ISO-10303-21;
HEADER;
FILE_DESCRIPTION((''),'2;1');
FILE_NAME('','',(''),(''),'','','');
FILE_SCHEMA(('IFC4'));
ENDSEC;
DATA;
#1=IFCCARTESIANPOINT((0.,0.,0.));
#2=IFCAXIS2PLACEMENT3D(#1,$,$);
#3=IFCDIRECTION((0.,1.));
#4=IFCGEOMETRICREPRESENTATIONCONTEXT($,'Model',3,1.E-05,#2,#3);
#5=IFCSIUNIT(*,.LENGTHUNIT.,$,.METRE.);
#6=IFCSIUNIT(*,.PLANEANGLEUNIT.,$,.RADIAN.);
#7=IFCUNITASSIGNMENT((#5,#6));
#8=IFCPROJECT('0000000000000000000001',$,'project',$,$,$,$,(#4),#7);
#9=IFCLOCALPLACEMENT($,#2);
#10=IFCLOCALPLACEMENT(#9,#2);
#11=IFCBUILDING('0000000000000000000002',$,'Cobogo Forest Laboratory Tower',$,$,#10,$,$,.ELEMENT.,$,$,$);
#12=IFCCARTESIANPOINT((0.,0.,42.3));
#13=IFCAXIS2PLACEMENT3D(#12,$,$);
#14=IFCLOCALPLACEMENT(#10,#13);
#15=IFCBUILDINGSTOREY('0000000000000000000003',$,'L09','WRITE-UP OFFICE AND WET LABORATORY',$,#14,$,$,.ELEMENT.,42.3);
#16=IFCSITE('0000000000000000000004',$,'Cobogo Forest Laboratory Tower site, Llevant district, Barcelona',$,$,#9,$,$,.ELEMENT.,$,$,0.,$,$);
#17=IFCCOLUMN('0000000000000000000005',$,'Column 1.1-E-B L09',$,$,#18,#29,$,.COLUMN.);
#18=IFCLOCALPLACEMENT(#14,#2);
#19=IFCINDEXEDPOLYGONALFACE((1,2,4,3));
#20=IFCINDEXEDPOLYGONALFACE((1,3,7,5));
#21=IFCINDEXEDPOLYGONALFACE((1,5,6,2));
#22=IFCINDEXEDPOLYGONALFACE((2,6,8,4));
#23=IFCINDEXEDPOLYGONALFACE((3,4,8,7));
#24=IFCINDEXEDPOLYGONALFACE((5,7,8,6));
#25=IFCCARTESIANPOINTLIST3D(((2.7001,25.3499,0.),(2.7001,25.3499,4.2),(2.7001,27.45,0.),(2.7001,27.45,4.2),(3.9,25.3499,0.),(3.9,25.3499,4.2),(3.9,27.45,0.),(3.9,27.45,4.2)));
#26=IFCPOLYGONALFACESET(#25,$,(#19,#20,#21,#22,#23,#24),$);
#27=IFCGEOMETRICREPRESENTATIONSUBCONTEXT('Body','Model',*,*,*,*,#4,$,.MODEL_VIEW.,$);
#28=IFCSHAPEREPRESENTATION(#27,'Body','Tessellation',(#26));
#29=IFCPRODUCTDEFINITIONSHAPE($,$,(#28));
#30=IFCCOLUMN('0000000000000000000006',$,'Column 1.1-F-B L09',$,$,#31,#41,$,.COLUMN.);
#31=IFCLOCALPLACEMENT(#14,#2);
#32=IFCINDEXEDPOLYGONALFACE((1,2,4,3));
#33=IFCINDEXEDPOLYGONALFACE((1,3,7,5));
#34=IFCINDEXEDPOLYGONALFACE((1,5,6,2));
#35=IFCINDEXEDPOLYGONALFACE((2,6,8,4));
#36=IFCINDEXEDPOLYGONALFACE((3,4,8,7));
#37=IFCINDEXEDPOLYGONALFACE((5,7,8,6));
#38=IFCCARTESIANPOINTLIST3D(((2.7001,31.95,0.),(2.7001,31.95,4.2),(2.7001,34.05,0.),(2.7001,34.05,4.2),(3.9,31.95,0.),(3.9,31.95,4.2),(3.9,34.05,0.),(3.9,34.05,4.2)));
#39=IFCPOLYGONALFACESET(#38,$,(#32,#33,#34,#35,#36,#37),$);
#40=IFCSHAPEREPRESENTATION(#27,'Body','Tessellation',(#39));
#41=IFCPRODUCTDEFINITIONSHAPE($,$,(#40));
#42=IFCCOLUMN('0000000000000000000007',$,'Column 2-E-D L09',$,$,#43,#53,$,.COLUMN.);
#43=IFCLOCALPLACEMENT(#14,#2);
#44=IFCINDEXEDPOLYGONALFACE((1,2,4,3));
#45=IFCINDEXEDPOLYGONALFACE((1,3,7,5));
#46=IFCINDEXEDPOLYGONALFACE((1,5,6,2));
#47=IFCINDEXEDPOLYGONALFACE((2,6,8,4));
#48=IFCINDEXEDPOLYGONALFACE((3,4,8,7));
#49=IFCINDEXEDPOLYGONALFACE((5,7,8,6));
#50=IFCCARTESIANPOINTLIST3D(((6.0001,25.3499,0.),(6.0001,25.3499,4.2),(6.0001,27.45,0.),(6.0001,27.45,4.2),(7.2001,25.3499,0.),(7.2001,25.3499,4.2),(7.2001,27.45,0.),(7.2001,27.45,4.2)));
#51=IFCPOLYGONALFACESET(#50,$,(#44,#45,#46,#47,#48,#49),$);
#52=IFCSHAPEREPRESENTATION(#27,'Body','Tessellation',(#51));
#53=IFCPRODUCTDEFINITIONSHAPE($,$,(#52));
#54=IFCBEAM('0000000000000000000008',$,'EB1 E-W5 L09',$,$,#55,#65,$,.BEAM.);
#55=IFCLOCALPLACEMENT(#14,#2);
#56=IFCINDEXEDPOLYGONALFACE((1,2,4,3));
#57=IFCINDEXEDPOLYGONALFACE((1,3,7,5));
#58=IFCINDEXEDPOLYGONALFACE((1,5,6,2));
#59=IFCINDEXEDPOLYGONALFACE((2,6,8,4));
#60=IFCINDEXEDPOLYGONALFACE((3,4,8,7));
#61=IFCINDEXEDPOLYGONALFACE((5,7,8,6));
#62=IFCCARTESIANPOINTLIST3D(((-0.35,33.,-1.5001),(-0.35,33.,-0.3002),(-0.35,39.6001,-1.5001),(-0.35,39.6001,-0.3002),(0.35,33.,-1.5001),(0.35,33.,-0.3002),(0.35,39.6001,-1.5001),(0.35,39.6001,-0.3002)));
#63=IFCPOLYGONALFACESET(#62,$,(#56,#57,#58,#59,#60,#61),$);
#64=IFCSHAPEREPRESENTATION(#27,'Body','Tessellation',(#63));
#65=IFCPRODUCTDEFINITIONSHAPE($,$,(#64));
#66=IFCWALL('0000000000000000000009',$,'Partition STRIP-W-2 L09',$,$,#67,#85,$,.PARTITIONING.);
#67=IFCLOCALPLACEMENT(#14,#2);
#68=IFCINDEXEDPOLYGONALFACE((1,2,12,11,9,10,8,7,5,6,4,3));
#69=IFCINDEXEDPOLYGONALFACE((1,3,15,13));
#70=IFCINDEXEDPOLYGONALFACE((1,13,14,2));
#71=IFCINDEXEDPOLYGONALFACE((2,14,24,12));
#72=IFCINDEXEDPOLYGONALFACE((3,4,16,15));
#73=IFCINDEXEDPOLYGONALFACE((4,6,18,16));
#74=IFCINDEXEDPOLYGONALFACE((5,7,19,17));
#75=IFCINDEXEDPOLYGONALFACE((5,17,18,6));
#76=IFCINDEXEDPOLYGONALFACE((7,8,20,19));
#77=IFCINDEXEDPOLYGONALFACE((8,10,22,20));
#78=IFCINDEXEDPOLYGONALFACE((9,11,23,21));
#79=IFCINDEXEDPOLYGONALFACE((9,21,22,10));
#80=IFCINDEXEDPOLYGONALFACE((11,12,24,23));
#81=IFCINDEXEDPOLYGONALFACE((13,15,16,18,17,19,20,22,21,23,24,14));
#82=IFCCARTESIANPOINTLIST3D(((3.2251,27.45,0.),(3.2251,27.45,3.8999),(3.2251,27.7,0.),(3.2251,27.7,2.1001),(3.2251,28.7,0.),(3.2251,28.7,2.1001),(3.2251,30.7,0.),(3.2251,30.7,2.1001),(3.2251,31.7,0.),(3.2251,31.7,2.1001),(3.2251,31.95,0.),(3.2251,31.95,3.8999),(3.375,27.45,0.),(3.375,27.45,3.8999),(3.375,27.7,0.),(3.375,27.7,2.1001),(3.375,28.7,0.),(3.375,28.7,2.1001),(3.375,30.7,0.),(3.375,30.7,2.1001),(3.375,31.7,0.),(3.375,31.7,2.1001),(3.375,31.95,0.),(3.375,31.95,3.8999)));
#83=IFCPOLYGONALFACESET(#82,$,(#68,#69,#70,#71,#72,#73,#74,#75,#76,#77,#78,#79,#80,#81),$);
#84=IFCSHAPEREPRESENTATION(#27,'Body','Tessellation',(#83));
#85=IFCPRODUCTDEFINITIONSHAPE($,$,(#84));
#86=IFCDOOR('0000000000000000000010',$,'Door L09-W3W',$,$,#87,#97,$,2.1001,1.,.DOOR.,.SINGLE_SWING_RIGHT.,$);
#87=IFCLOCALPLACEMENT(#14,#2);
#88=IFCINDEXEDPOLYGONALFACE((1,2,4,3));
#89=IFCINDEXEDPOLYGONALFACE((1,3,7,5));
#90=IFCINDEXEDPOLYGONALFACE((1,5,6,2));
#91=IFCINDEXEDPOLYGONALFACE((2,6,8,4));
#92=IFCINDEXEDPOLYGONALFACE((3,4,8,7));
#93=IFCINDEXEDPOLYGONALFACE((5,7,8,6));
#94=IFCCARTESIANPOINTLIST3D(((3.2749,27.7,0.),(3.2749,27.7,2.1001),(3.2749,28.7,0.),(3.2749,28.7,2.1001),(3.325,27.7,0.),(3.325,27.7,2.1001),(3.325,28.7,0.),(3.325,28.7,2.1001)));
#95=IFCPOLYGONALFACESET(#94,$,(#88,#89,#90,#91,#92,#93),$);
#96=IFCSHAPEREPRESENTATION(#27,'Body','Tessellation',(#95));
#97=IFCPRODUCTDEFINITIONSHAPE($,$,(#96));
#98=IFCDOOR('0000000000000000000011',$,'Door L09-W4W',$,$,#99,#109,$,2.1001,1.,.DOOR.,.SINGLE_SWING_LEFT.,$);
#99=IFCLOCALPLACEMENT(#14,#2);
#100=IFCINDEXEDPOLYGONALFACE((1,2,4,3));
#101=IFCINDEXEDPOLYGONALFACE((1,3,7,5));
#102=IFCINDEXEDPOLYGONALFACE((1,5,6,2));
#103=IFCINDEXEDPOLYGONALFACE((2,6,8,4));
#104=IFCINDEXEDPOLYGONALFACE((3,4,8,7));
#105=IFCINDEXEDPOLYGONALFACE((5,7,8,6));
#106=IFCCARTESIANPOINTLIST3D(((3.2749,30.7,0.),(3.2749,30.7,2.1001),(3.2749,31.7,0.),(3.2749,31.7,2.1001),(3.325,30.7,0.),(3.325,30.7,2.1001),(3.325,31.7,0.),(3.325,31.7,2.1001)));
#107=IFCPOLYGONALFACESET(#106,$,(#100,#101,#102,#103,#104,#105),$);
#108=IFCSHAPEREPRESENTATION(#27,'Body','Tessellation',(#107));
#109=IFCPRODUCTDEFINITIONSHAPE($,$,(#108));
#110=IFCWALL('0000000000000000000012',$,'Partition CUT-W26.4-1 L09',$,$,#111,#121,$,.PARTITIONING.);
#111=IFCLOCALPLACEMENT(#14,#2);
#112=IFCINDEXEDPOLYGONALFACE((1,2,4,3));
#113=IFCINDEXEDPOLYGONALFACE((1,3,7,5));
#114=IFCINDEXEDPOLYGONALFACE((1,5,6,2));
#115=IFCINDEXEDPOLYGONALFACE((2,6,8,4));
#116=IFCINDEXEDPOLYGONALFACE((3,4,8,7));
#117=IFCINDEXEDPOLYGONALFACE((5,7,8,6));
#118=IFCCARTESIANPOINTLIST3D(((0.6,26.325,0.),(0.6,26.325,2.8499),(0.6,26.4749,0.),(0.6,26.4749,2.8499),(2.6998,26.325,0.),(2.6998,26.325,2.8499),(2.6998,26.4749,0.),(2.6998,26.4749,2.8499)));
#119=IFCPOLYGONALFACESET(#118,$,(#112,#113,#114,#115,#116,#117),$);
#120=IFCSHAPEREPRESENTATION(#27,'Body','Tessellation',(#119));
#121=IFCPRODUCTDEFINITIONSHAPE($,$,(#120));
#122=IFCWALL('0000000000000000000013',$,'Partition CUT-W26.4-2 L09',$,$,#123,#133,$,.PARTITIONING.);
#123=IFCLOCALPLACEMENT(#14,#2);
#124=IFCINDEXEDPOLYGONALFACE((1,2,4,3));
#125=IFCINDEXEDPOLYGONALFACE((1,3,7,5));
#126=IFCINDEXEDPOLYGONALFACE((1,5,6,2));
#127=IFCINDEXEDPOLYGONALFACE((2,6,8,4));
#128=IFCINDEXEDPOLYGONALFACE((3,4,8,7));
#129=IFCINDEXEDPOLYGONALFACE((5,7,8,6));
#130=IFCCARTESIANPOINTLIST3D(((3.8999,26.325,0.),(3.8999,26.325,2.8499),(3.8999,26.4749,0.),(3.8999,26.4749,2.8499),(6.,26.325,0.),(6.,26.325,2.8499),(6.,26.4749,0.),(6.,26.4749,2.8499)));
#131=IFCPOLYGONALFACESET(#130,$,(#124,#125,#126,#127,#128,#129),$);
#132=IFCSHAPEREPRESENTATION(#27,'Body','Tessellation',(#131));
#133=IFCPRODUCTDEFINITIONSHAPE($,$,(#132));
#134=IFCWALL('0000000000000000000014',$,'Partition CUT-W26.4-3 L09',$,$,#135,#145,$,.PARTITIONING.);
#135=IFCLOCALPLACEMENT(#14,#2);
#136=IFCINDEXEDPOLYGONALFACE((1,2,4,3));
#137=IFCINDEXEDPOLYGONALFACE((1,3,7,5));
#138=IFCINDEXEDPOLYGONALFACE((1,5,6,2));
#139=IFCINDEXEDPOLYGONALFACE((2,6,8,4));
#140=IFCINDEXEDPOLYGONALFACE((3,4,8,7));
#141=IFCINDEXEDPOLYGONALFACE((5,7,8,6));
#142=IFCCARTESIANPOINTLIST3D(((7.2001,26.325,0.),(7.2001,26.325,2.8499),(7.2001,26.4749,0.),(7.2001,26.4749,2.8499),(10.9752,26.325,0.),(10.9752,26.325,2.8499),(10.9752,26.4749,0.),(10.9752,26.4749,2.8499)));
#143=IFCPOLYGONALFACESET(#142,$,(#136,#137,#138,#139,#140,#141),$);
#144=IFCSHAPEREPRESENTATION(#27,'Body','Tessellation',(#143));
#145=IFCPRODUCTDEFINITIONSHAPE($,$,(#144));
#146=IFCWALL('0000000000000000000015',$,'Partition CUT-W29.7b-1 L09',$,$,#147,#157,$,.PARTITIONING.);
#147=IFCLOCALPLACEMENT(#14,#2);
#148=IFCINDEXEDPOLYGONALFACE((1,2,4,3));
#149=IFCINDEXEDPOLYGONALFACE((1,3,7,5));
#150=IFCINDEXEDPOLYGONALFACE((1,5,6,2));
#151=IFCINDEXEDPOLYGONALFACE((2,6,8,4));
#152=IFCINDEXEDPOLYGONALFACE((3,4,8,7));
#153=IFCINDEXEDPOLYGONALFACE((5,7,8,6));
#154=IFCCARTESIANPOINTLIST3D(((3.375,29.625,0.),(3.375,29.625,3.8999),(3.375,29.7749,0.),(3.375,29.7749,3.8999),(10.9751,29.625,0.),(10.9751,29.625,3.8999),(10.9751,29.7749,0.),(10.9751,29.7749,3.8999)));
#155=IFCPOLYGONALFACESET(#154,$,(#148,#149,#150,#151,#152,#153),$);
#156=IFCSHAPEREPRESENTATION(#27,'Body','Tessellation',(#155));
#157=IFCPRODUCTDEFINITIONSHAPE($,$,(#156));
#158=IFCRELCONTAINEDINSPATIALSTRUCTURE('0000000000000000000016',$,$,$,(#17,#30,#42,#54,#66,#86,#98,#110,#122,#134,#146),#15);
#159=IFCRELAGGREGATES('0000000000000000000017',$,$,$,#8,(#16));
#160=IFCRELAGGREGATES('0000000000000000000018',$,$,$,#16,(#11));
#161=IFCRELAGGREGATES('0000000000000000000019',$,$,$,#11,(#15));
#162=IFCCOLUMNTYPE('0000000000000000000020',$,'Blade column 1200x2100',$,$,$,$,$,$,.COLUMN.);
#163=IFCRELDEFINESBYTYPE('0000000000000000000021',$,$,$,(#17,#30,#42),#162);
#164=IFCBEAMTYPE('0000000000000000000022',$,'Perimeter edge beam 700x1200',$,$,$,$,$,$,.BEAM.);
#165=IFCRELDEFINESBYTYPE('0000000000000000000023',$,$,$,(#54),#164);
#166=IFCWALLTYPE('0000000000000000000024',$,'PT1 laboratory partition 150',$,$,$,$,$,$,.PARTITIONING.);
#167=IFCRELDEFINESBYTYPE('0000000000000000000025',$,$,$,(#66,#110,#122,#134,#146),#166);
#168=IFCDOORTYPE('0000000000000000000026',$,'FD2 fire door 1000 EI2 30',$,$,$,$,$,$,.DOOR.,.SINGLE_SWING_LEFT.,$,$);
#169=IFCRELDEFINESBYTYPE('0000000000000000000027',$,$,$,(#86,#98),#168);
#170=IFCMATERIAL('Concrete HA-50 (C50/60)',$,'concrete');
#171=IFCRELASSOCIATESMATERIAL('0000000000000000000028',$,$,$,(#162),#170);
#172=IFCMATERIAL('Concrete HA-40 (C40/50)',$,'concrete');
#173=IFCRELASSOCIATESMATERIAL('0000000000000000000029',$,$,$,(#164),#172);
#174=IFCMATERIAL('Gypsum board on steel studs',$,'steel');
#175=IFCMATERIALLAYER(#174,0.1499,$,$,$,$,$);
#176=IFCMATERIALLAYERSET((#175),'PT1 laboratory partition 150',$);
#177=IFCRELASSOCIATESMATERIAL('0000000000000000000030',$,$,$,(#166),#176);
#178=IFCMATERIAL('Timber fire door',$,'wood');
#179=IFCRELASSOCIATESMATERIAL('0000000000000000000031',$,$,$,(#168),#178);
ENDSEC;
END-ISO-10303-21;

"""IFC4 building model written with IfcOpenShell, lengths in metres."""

from ifc_helpers import new_model, si_unit, direction, frame, frame_2d, origin, origin_2d, place, context, subcontext, project, spatial, rectangle, extrude, material, layer, layer_set, material_profile, profile_set, type_object, element, fill, save


model = new_model("IFC4")

# Units and contexts
model_context = context("Model", 3, precision=1e-05, world=origin(), true_north=direction((0.0, 1.0)))
body_context = subcontext(model_context, "Body", "Model", "MODEL_VIEW")
ifc_project = project(units=[si_unit("LENGTHUNIT", "METRE"), si_unit("PLANEANGLEUNIT", "RADIAN")], contexts=[model_context])

# Site, building, storey
site_placement = place(None, origin())
site = spatial("IfcSite", under=ifc_project, at=site_placement, Name="Cobogo Forest Laboratory Tower site, Llevant district, Barcelona", CompositionType="ELEMENT", RefElevation=0.0)
building_placement = place(site_placement, origin())
building = spatial("IfcBuilding", under=site, at=building_placement, Name="Cobogo Forest Laboratory Tower", CompositionType="ELEMENT")
storey_placement = place(building_placement, frame((0.0, 0.0, 42.3)))
storey = spatial("IfcBuildingStorey", under=building, at=storey_placement, Name="L09", Description="WRITE-UP OFFICE AND WET LABORATORY", CompositionType="ELEMENT", Elevation=42.3)

# Columns
ifc_material_1 = material(Name="Concrete HA-50 (C50/60)", Category="concrete")
ifc_material_profile_1 = material_profile(ifc_material_1, rectangle(XDim=2.1001, YDim=1.2, at=origin_2d()), Name="RC 1200x2100")
ifc_profile_set_1 = profile_set([ifc_material_profile_1], Name="Concrete HA-50 (C50/60)")
column_type = type_object("IfcColumnType", Name="Blade column 1200x2100", PredefinedType="COLUMN", material=ifc_profile_set_1)
for number, where, z_axis, x_axis, name in (
    (1, (3.3, 26.3999, 0.0), (0.0, 0.0, 1.0), (0.0, 1.0, 0.0), "Column 1.1-E-B L09"),
    (2, (3.3, 33.0, 0.0), (0.0, 0.0, 1.0), (0.0, 1.0, 0.0), "Column 1.1-F-B L09"),
    (3, (6.6001, 26.3999, 0.0), (0.0, 0.0, 1.0), (0.0, 1.0, 0.0), "Column 2-E-D L09"),
):
    element("IfcColumn", number, at=place(storey_placement, frame(where, z_axis=z_axis, x_axis=x_axis)), inside=storey, type_object=column_type, Name=name, PredefinedType="COLUMN", context=body_context, shape_type="SweptSolid", body=[
        extrude(rectangle(XDim=2.1001, YDim=1.2, at=origin_2d()), origin(), (0.0, 0.0, 1.0), 4.2),
    ])

# Beam
ifc_material_2 = material(Name="Concrete HA-40 (C40/50)", Category="concrete")
ifc_material_profile_2 = material_profile(ifc_material_2, rectangle(XDim=0.7, YDim=1.2, at=origin_2d()), Name="RC 700x1200")
ifc_profile_set_2 = profile_set([ifc_material_profile_2], Name="Concrete HA-40 (C40/50)")
beam_type = type_object("IfcBeamType", Name="Perimeter edge beam 700x1200", PredefinedType="BEAM", material=ifc_profile_set_2)
beam_placement = place(storey_placement, frame((0.0, 33.0, -0.9001), z_axis=(0.0, 1.0, 0.0), x_axis=(-1.0, 0.0, 0.0)))
element("IfcBeam", 4, at=beam_placement, inside=storey, type_object=beam_type, Name="EB1 E-W5 L09", PredefinedType="BEAM", context=body_context, shape_type="SweptSolid", body=[
    extrude(rectangle(XDim=0.7, YDim=1.2, at=origin_2d()), origin(), (0.0, 0.0, 1.0), 6.6001),
])

# Wall, openings, doors
ifc_material_3 = material(Name="Gypsum board on steel studs", Category="steel")
ifc_layer = layer(ifc_material_3, 0.1499)
ifc_layer_set = layer_set([ifc_layer], Name="PT1 laboratory partition 150")
wall_type = type_object("IfcWallType", Name="PT1 laboratory partition 150", PredefinedType="PARTITIONING", material=ifc_layer_set)
wall_1_placement = place(storey_placement, frame((3.3, 31.95, 0.0), z_axis=(0.0, 0.0, 1.0), x_axis=(0.0, -1.0, 0.0)))
wall_1 = element("IfcWall", 5, at=wall_1_placement, inside=storey, type_object=wall_type, Name="Partition STRIP-W-2 L09", PredefinedType="PARTITIONING", context=body_context, shape_type="SweptSolid", body=[
    extrude(rectangle(XDim=4.5, YDim=0.1499, at=frame_2d((2.25, 0.0))), origin(), (0.0, 0.0, 1.0), 3.8999),
])
opening_1_placement = place(wall_1_placement, frame((3.25, 0.0, 0.0)))
opening_1 = element("IfcOpeningElement", 6, at=opening_1_placement, cuts=wall_1, PredefinedType="OPENING", context=body_context, shape_type="SweptSolid", body=[
    extrude(rectangle(XDim=1.0, YDim=2.1001, at=frame_2d((0.5, 1.05))), frame((0.0, 0.085, 0.0), z_axis=(0.0, -1.0, 0.0), x_axis=(1.0, 0.0, 0.0)), (0.0, 0.0, 1.0), 0.1699),
])
opening_2_placement = place(wall_1_placement, frame((0.25, 0.0, 0.0)))
opening_2 = element("IfcOpeningElement", 7, at=opening_2_placement, cuts=wall_1, PredefinedType="OPENING", context=body_context, shape_type="SweptSolid", body=[
    extrude(rectangle(XDim=1.0, YDim=2.1001, at=frame_2d((0.5, 1.05))), frame((0.0, 0.085, 0.0), z_axis=(0.0, -1.0, 0.0), x_axis=(1.0, 0.0, 0.0)), (0.0, 0.0, 1.0), 0.1699),
])
ifc_material_4 = material(Name="Timber fire door", Category="wood")
door_type = type_object("IfcDoorType", Name="FD2 fire door 1000 EI2 30", OperationType="SINGLE_SWING_LEFT", PredefinedType="DOOR", material=ifc_material_4)
door_1_placement = place(opening_1_placement, origin())
door_1 = element("IfcDoor", 8, at=door_1_placement, inside=storey, type_object=door_type, Name="Door L09-W3W", OperationType="SINGLE_SWING_RIGHT", OverallHeight=2.1001, OverallWidth=1.0, PredefinedType="DOOR", context=body_context, shape_type="SweptSolid", body=[
    extrude(rectangle(XDim=1.0, YDim=2.1001, at=frame_2d((0.5, 1.05))), frame((0.0, 0.0249, 0.0), z_axis=(0.0, -1.0, 0.0), x_axis=(1.0, 0.0, 0.0)), (0.0, 0.0, 1.0), 0.05),
])
fill(opening_1, door_1)
door_2_placement = place(opening_2_placement, origin())
door_2 = element("IfcDoor", 9, at=door_2_placement, inside=storey, type_object=door_type, Name="Door L09-W4W", OperationType="SINGLE_SWING_LEFT", OverallHeight=2.1001, OverallWidth=1.0, PredefinedType="DOOR", context=body_context, shape_type="SweptSolid", body=[
    extrude(rectangle(XDim=1.0, YDim=2.1001, at=frame_2d((0.5, 1.05))), frame((0.0, 0.0249, 0.0), z_axis=(0.0, -1.0, 0.0), x_axis=(1.0, 0.0, 0.0)), (0.0, 0.0, 1.0), 0.05),
])
fill(opening_2, door_2)

# Walls
wall_2_placement = place(storey_placement, frame((0.6001, 26.3999, 0.0), z_axis=(0.0, 0.0, 1.0), x_axis=(1.0, 0.0, 0.0)))
element("IfcWall", 10, at=wall_2_placement, inside=storey, type_object=wall_type, Name="Partition CUT-W26.4-1 L09", PredefinedType="PARTITIONING", context=body_context, shape_type="SweptSolid", body=[
    extrude(rectangle(XDim=2.0999, YDim=0.1499, at=frame_2d((1.0498, 0.0))), origin(), (0.0, 0.0, 1.0), 2.8499),
])
wall_3_placement = place(storey_placement, frame((3.8999, 26.3999, 0.0), z_axis=(0.0, 0.0, 1.0), x_axis=(1.0, 0.0, 0.0)))
element("IfcWall", 11, at=wall_3_placement, inside=storey, type_object=wall_type, Name="Partition CUT-W26.4-2 L09", PredefinedType="PARTITIONING", context=body_context, shape_type="SweptSolid", body=[
    extrude(rectangle(XDim=2.1001, YDim=0.1499, at=frame_2d((1.05, 0.0))), origin(), (0.0, 0.0, 1.0), 2.8499),
])
wall_4_placement = place(storey_placement, frame((7.2, 26.3999, 0.0), z_axis=(0.0, 0.0, 1.0), x_axis=(1.0, 0.0, 0.0)))
element("IfcWall", 12, at=wall_4_placement, inside=storey, type_object=wall_type, Name="Partition CUT-W26.4-3 L09", PredefinedType="PARTITIONING", context=body_context, shape_type="SweptSolid", body=[
    extrude(rectangle(XDim=3.7751, YDim=0.1499, at=frame_2d((1.8877, 0.0))), origin(), (0.0, 0.0, 1.0), 2.8499),
])
wall_5_placement = place(storey_placement, frame((3.375, 29.7, 0.0), z_axis=(0.0, 0.0, 1.0), x_axis=(1.0, 0.0, 0.0)))
element("IfcWall", 13, at=wall_5_placement, inside=storey, type_object=wall_type, Name="Partition CUT-W29.7b-1 L09", PredefinedType="PARTITIONING", context=body_context, shape_type="SweptSolid", body=[
    extrude(rectangle(XDim=7.6001, YDim=0.1499, at=frame_2d((3.8, 0.0))), origin(), (0.0, 0.0, 1.0), 3.8999),
])

save(model, "model.ifc")
